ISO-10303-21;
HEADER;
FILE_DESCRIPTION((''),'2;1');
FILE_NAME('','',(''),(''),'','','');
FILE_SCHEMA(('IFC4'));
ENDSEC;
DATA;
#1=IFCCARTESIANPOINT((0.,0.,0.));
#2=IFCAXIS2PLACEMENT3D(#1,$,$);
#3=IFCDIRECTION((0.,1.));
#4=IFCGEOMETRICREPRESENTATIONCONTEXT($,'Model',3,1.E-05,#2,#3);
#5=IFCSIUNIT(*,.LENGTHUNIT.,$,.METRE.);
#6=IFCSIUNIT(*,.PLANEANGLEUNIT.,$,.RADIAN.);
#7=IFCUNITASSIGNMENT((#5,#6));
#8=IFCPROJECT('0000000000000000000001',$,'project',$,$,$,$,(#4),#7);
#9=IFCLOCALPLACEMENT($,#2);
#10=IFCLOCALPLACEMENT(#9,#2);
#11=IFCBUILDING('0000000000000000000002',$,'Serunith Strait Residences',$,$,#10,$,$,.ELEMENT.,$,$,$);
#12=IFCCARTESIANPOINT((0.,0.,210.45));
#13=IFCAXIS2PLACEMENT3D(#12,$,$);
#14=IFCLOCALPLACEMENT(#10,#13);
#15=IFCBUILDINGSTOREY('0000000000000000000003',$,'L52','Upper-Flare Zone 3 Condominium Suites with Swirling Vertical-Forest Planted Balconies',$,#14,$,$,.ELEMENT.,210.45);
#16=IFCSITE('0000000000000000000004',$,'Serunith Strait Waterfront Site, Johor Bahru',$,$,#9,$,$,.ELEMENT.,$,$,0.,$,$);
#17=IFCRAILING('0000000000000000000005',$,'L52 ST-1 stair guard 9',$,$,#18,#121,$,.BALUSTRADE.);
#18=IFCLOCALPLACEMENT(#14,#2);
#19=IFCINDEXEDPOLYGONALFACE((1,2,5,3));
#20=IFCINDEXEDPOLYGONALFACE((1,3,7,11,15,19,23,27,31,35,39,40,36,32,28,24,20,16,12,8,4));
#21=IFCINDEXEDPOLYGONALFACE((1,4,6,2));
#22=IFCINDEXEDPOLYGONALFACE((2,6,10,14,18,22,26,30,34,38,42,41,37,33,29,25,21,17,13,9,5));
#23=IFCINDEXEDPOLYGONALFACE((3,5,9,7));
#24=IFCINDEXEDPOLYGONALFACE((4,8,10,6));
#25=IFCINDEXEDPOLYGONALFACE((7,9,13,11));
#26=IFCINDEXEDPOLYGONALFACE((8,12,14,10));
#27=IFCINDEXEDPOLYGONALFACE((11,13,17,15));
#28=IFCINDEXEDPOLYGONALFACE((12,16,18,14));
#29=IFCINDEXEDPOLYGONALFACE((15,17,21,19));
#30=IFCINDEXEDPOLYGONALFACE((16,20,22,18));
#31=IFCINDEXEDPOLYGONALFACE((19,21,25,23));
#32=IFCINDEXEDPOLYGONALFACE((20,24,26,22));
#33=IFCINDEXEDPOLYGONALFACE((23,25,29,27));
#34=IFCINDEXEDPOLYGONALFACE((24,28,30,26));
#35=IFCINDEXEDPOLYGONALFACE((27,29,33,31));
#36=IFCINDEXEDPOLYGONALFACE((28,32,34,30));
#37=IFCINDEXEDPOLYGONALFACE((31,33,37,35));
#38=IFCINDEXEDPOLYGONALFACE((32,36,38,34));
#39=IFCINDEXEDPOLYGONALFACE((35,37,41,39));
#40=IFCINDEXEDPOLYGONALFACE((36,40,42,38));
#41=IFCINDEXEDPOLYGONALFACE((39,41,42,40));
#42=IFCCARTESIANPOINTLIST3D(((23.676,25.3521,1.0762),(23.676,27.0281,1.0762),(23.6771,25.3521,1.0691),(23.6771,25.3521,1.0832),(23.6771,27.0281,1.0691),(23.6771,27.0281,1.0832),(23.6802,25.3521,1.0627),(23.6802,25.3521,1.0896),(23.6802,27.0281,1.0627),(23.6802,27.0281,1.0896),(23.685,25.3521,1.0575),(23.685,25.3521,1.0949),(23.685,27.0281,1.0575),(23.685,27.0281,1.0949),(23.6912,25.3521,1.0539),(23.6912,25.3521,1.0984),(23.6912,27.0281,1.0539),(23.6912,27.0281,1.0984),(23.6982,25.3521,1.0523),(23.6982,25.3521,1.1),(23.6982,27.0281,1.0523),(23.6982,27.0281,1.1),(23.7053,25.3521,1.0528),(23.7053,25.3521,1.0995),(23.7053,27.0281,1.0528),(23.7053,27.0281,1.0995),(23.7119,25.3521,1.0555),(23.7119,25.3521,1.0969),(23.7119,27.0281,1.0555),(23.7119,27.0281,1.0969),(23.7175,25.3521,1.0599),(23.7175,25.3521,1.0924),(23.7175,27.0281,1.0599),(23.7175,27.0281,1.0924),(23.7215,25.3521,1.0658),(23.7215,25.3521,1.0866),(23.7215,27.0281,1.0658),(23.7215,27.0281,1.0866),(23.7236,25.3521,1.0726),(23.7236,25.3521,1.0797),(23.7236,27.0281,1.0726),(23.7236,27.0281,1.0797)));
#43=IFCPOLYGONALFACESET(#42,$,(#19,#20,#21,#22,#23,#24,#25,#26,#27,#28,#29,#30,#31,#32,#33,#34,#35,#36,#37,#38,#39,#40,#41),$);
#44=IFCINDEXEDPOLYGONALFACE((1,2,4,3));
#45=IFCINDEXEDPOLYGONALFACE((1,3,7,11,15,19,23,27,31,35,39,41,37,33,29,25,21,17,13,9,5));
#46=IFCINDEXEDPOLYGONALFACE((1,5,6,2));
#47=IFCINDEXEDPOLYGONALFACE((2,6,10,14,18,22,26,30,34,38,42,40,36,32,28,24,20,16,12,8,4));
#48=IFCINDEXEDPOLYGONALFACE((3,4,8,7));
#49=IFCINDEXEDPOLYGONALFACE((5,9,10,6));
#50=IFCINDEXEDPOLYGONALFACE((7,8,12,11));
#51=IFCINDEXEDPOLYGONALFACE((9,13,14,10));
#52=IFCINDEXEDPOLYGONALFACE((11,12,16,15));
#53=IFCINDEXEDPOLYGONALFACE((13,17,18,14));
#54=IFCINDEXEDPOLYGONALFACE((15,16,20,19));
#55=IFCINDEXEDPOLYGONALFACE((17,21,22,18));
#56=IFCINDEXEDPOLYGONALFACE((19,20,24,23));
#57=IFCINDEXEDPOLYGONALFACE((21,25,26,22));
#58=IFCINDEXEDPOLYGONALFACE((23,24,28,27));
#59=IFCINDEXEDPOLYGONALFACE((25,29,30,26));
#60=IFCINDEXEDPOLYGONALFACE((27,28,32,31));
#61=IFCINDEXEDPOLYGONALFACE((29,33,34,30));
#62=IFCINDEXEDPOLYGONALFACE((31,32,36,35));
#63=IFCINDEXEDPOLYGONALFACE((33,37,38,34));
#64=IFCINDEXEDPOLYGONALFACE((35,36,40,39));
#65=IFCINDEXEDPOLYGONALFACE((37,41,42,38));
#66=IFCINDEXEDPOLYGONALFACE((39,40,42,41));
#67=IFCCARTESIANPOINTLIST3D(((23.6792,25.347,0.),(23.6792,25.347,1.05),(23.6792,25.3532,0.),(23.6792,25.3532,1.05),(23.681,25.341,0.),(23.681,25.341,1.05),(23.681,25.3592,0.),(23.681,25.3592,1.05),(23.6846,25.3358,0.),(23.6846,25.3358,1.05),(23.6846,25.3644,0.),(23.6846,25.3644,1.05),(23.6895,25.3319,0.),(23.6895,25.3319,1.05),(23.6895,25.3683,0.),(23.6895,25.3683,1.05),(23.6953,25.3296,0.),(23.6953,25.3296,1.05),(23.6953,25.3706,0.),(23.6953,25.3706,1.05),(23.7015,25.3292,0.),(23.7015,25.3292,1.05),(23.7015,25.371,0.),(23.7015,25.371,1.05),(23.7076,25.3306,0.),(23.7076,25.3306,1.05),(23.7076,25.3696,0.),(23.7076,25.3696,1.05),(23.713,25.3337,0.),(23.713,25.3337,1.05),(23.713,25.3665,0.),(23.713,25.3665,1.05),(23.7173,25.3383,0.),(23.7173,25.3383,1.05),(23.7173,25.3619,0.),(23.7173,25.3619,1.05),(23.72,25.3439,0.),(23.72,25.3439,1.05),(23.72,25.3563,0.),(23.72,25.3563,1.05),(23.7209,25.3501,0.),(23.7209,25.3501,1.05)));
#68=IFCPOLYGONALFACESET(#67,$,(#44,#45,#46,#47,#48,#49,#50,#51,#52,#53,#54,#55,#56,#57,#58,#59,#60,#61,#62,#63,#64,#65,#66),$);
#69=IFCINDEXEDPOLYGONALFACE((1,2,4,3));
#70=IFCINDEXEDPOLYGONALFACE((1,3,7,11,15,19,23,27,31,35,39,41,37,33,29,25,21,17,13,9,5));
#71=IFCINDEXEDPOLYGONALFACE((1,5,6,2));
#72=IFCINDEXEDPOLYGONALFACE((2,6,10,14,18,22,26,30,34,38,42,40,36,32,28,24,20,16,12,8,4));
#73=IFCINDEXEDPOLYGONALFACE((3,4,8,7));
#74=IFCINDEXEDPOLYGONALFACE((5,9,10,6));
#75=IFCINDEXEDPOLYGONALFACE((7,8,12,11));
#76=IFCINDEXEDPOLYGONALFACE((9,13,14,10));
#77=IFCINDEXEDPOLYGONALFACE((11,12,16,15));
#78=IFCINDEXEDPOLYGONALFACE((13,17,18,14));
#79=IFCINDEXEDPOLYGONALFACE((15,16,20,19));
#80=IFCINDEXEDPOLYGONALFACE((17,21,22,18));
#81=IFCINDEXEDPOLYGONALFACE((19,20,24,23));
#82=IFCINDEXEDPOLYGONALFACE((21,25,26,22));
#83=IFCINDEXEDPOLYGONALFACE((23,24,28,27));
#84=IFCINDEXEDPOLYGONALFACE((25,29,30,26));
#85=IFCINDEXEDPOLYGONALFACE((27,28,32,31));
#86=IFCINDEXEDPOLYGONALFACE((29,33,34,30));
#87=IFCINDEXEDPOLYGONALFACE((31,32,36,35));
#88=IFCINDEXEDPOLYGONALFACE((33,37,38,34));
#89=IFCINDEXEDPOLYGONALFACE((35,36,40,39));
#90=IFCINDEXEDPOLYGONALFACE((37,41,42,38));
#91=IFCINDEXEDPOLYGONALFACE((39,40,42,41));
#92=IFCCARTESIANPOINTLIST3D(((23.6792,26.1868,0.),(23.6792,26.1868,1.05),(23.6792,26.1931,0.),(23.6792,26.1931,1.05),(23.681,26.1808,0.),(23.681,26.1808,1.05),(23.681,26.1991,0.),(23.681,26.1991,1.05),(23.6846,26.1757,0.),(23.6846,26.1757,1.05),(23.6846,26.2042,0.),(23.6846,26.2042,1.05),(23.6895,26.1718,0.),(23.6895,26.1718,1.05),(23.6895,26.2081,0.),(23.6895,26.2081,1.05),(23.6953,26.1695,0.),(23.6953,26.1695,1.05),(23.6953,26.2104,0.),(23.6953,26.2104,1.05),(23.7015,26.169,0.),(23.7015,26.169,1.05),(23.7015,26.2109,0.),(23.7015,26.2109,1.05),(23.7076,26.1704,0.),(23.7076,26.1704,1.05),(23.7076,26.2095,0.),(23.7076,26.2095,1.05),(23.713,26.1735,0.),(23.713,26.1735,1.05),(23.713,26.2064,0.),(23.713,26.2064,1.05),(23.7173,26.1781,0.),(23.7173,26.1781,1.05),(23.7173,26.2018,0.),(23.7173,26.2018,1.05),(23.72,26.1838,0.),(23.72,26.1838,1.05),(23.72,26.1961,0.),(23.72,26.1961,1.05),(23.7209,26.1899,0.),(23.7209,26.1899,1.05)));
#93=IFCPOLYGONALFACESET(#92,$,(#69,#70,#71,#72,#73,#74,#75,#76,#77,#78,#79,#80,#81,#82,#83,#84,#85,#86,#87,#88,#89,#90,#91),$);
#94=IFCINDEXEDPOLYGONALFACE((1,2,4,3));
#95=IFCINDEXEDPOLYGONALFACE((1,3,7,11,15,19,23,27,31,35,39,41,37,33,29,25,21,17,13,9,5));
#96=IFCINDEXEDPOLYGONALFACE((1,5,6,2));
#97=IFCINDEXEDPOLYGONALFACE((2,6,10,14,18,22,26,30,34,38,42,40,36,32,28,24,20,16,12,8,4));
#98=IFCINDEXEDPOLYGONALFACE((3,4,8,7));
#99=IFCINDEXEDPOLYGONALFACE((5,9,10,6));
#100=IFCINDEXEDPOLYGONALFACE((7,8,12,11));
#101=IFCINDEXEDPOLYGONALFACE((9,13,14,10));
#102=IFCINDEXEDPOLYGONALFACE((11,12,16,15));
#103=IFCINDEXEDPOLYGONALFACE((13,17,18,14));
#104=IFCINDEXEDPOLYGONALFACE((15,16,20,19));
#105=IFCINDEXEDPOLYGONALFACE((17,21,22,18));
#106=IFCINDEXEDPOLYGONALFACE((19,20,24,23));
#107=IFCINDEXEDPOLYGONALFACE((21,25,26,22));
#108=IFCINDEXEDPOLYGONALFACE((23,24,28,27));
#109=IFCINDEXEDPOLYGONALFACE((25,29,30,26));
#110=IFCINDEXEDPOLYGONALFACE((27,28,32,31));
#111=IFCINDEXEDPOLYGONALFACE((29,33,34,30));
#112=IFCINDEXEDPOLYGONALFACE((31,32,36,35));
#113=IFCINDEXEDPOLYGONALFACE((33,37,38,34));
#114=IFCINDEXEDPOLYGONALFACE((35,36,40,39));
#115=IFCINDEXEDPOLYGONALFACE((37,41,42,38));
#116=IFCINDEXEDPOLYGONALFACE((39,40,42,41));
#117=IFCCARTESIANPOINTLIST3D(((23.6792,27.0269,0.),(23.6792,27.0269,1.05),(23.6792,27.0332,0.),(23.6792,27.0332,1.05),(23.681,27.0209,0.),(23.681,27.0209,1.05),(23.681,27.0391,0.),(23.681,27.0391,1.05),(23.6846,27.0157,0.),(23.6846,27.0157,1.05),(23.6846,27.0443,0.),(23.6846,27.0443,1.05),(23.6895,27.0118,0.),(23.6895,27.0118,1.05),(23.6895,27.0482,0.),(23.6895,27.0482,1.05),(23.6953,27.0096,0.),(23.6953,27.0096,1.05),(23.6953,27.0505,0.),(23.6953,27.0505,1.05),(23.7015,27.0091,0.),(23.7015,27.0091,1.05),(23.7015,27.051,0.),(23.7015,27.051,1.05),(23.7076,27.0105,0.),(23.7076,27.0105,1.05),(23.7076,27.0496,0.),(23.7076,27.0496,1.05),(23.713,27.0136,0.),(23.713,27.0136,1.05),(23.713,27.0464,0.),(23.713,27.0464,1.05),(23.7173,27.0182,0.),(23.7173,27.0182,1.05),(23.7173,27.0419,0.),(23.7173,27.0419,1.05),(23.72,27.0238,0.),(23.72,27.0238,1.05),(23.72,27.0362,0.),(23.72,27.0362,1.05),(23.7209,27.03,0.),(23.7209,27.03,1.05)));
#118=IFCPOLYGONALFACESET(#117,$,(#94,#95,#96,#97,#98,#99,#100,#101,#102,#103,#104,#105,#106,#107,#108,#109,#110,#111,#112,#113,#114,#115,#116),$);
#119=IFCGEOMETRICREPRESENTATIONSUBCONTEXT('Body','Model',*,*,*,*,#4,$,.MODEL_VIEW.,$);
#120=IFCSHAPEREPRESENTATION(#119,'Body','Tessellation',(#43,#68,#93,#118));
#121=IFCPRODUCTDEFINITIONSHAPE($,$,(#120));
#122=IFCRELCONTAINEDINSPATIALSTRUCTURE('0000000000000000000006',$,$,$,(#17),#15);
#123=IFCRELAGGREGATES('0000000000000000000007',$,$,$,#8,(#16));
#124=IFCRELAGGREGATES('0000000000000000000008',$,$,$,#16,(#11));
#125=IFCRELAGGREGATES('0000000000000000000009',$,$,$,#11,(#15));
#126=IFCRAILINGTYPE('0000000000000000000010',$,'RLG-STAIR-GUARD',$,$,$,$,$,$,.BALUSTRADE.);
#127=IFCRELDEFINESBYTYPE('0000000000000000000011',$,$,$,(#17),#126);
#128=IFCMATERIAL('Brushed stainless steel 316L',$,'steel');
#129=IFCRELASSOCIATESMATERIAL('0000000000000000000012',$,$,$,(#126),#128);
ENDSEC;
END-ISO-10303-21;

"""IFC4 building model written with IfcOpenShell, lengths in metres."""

from ifc_helpers import new_model, si_unit, direction, frame, origin, origin_2d, place, context, subcontext, project, spatial, circle, extrude, material, type_object, element, save


model = new_model("IFC4")

# Units and contexts
model_context = context("Model", 3, precision=1e-05, world=origin(), true_north=direction((0.0, 1.0)))
body_context = subcontext(model_context, "Body", "Model", "MODEL_VIEW")
ifc_project = project(units=[si_unit("LENGTHUNIT", "METRE"), si_unit("PLANEANGLEUNIT", "RADIAN")], contexts=[model_context])

# Site, building, storey
site_placement = place(None, origin())
site = spatial("IfcSite", under=ifc_project, at=site_placement, Name="Serunith Strait Waterfront Site, Johor Bahru", CompositionType="ELEMENT", RefElevation=0.0)
building_placement = place(site_placement, origin())
building = spatial("IfcBuilding", under=site, at=building_placement, Name="Serunith Strait Residences", CompositionType="ELEMENT")
storey_placement = place(building_placement, frame((0.0, 0.0, 210.45)))
storey = spatial("IfcBuildingStorey", under=building, at=storey_placement, Name="L52", Description="Upper-Flare Zone 3 Condominium Suites with Swirling Vertical-Forest Planted Balconies", CompositionType="ELEMENT", Elevation=210.45)

# Railing
ifc_material_1 = material(Name="Brushed stainless steel 316L", Category="steel")
railing_type_1 = type_object("IfcRailingType", Name="RLG-STAIR-GUARD", PredefinedType="BALUSTRADE", material=ifc_material_1)
for number, where, name in (
    (1, (23.7, 25.3501, 0.0), "L52 ST-1 stair guard 9"),
):
    element("IfcRailing", number, at=place(storey_placement, frame(where)), inside=storey, type_object=railing_type_1, Name=name, PredefinedType="BALUSTRADE", context=body_context, shape_type="SweptSolid", body=[
        extrude(circle(Radius=0.0239, at=origin_2d()), frame((0.0, 0.002, 1.0762), z_axis=(0.0, 1.0, 0.0), x_axis=(-1.0, 0.0, 0.0)), (0.0, 0.0, 1.0), 1.676),
        extrude(circle(Radius=0.021, at=origin_2d()), origin(), (0.0, 0.0, 1.0), 1.05),
        extrude(circle(Radius=0.021, at=origin_2d()), frame((0.0, 0.8398, 0.0)), (0.0, 0.0, 1.0), 1.05),
        extrude(circle(Radius=0.021, at=origin_2d()), frame((0.0, 1.6799, 0.0)), (0.0, 0.0, 1.0), 1.05),
    ])

save(model, "model.ifc")
